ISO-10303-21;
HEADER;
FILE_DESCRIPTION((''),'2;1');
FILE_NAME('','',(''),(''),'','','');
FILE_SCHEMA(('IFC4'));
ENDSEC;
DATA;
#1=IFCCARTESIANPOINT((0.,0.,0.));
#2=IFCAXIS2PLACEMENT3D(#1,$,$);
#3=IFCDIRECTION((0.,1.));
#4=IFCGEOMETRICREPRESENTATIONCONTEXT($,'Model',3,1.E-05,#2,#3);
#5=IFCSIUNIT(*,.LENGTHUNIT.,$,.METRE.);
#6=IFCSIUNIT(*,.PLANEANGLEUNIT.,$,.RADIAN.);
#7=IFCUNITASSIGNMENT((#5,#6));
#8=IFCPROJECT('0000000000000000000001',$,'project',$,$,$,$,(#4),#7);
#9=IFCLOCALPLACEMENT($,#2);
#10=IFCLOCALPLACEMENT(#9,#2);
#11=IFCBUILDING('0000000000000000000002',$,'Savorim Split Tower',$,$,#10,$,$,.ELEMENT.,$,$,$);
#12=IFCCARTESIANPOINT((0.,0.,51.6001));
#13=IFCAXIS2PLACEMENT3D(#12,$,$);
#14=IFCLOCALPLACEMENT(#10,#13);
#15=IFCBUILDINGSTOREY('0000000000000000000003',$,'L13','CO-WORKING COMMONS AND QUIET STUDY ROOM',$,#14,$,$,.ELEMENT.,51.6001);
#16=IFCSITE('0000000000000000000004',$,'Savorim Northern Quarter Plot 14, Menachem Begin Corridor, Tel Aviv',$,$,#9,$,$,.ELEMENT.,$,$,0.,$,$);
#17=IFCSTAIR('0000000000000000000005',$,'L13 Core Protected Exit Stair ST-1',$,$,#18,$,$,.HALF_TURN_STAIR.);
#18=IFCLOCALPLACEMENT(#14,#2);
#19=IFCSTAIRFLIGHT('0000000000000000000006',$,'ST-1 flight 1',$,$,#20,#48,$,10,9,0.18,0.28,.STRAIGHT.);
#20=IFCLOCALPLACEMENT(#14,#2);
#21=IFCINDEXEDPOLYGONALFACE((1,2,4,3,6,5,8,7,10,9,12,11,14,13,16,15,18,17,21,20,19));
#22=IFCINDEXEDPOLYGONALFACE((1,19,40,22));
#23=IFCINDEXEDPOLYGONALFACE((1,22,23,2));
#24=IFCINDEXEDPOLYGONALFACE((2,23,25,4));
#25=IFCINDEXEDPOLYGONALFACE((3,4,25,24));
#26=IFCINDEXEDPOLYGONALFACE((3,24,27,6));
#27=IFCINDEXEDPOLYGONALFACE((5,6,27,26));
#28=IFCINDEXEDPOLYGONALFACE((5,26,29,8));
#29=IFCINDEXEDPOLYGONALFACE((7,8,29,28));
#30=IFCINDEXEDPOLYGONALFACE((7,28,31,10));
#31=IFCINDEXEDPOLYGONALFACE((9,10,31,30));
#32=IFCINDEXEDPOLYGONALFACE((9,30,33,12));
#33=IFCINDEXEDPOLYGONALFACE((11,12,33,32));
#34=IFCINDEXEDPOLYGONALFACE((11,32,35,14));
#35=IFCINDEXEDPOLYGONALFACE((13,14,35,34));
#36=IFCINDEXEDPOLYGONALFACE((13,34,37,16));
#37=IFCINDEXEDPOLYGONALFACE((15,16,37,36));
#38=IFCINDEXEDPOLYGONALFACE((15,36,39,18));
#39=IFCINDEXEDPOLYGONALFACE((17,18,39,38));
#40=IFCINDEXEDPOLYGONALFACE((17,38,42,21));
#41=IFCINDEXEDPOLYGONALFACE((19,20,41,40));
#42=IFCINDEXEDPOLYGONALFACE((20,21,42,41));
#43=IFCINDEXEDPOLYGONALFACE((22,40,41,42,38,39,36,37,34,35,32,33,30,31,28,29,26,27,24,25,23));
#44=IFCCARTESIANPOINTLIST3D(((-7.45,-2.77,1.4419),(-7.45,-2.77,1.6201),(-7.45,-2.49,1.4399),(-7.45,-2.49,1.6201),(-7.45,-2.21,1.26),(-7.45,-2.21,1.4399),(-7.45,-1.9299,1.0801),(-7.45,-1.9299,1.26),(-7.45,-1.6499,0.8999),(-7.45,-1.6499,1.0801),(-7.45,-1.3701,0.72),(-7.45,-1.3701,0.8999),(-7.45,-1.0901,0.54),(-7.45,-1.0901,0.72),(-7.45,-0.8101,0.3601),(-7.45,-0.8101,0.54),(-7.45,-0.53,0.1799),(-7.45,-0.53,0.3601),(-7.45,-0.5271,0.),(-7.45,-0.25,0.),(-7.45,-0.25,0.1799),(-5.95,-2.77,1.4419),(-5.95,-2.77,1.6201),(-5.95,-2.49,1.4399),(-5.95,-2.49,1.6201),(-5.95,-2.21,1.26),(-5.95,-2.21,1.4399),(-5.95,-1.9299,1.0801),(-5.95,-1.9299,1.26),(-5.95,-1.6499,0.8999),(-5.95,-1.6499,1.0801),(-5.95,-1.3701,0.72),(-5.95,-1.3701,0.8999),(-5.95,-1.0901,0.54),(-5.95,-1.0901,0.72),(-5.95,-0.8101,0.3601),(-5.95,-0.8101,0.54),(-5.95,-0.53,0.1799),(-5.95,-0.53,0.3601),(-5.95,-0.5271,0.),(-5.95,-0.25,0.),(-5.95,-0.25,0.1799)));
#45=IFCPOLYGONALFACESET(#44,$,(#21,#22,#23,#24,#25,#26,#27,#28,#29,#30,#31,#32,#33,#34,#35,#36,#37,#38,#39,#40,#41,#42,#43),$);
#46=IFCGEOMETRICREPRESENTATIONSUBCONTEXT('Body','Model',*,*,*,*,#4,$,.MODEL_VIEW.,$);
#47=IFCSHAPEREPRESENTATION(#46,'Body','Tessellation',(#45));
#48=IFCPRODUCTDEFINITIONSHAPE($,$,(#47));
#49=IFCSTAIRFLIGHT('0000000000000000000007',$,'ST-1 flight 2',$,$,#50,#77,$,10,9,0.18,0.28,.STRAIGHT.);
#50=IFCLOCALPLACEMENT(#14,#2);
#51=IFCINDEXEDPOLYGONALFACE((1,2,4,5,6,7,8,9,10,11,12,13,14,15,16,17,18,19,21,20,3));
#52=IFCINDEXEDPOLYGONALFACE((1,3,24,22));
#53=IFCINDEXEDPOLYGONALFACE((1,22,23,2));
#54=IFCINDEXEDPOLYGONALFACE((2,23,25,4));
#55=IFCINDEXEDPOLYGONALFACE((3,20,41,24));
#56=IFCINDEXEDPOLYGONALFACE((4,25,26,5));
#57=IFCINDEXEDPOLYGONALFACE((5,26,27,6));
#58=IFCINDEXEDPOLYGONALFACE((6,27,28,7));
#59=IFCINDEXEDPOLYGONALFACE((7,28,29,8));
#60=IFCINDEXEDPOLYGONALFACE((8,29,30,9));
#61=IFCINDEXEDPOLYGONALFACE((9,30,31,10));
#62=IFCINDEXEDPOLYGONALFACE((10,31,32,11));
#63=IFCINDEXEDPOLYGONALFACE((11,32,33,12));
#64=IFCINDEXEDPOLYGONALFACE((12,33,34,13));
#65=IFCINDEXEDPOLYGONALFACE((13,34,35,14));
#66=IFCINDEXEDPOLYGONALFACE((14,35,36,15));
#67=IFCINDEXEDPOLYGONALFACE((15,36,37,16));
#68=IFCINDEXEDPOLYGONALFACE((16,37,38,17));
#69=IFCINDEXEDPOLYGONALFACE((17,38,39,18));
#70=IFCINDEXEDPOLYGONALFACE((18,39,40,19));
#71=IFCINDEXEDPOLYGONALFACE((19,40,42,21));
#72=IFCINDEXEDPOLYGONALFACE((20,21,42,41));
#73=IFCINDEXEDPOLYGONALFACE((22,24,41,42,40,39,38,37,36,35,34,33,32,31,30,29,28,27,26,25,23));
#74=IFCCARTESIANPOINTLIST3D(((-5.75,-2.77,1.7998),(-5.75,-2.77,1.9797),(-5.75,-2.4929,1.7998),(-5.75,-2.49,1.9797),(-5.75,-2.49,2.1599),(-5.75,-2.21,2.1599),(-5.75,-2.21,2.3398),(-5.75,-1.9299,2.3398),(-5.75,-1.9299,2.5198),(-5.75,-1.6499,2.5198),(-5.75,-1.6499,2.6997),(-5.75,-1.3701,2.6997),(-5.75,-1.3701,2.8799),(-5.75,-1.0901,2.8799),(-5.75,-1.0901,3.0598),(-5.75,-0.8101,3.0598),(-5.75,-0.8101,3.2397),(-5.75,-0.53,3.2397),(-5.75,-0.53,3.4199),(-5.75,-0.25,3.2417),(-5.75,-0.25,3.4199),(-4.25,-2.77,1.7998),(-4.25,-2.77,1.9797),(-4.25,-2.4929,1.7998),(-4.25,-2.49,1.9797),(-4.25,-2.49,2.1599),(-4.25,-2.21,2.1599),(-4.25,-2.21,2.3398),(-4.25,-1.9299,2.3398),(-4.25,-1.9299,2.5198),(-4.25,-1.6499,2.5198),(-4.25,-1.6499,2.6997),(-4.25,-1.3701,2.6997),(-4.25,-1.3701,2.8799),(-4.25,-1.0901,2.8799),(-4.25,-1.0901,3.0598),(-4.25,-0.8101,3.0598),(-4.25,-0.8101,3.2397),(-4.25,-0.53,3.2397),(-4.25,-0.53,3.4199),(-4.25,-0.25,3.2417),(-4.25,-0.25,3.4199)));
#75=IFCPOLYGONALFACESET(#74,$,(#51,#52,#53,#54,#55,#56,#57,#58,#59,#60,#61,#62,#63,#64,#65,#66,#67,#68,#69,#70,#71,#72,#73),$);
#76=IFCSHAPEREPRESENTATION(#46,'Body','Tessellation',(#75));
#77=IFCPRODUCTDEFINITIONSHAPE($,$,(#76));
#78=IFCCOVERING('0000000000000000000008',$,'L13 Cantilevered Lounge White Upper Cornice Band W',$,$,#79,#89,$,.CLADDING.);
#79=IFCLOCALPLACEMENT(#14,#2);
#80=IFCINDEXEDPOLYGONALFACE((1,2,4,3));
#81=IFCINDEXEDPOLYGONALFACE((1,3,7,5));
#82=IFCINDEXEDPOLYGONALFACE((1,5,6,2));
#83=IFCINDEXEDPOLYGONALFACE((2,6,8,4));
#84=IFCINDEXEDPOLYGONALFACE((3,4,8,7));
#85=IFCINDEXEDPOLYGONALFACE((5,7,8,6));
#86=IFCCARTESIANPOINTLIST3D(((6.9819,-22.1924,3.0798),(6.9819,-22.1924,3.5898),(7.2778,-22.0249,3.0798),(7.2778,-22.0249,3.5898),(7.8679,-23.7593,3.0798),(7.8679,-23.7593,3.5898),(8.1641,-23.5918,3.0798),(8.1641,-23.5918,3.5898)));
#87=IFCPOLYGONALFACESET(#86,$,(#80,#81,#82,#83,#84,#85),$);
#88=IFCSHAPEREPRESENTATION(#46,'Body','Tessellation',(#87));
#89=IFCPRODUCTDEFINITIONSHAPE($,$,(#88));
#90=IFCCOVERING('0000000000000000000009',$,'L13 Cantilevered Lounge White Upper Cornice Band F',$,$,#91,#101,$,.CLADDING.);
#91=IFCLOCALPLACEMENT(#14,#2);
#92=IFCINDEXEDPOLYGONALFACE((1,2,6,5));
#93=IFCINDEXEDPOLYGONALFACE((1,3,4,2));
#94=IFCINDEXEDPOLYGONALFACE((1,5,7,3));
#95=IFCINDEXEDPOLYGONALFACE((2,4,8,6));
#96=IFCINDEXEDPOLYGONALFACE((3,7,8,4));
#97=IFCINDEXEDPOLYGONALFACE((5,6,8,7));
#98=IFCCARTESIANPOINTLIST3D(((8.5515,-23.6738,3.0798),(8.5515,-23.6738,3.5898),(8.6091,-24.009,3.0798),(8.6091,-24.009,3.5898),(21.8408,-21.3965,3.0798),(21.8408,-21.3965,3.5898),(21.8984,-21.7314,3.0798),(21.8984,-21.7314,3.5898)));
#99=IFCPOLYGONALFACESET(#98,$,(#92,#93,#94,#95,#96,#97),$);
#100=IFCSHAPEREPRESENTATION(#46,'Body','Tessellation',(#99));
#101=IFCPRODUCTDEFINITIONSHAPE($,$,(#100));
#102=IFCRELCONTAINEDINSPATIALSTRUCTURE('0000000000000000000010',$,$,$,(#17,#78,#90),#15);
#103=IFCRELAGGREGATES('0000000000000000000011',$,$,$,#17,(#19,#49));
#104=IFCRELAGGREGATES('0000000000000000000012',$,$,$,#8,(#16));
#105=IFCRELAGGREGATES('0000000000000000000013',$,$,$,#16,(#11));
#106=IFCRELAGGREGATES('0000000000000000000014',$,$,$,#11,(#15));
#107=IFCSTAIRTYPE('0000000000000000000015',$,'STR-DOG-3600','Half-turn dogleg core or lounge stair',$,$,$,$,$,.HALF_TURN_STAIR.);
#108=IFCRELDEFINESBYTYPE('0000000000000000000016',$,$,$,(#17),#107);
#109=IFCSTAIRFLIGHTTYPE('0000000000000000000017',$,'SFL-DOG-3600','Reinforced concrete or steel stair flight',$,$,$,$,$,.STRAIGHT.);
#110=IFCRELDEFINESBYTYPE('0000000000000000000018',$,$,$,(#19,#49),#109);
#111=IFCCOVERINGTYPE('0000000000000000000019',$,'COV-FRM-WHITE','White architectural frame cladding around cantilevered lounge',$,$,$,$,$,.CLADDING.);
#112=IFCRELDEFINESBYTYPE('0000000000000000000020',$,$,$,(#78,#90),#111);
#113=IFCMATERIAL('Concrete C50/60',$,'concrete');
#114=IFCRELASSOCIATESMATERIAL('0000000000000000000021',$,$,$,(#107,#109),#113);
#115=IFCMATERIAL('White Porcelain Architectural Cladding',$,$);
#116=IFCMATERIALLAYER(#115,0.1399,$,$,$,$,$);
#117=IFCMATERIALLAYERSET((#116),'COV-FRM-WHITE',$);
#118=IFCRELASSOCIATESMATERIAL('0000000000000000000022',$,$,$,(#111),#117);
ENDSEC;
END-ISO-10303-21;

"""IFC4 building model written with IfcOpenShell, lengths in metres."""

from ifc_helpers import new_model, si_unit, direction, frame, origin, place, context, subcontext, project, spatial, polyline, outline, extrude, material, layer, layer_set, type_object, element, aggregate, save


model = new_model("IFC4")

# Units and contexts
model_context = context("Model", 3, precision=1e-05, world=origin(), true_north=direction((0.0, 1.0)))
body_context = subcontext(model_context, "Body", "Model", "MODEL_VIEW")
ifc_project = project(units=[si_unit("LENGTHUNIT", "METRE"), si_unit("PLANEANGLEUNIT", "RADIAN")], contexts=[model_context])

# Site, building, storey
site_placement = place(None, origin())
site = spatial("IfcSite", under=ifc_project, at=site_placement, Name="Savorim Northern Quarter Plot 14, Menachem Begin Corridor, Tel Aviv", CompositionType="ELEMENT", RefElevation=0.0)
building_placement = place(site_placement, origin())
building = spatial("IfcBuilding", under=site, at=building_placement, Name="Savorim Split Tower", CompositionType="ELEMENT")
storey_placement = place(building_placement, frame((0.0, 0.0, 51.6001)))
storey = spatial("IfcBuildingStorey", under=building, at=storey_placement, Name="L13", Description="CO-WORKING COMMONS AND QUIET STUDY ROOM", CompositionType="ELEMENT", Elevation=51.6001)

# Shared definitions
ifc_material_1 = material(Name="Concrete C50/60", Category="concrete")

# Stair, stair flights
stair_type = type_object("IfcStairType", Name="STR-DOG-3600", Description="Half-turn dogleg core or lounge stair", PredefinedType="HALF_TURN_STAIR", material=ifc_material_1)
stair_placement = place(storey_placement, origin())
stair = element("IfcStair", 1, at=stair_placement, inside=storey, type_object=stair_type, Name="L13 Core Protected Exit Stair ST-1", PredefinedType="HALF_TURN_STAIR")
stair_flight_type = type_object("IfcStairFlightType", Name="SFL-DOG-3600", Description="Reinforced concrete or steel stair flight", PredefinedType="STRAIGHT", material=ifc_material_1)
stair_flight_1_placement = place(storey_placement, frame((-6.7, -0.25, 0.0), z_axis=(0.0, 0.0, 1.0), x_axis=(0.0, -1.0, 0.0)))
stair_flight_1 = element("IfcStairFlight", 2, at=stair_flight_1_placement, type_object=stair_flight_type, Name="ST-1 flight 1", NumberOfRisers=10, NumberOfTreads=9, PredefinedType="STRAIGHT", RiserHeight=0.18, TreadLength=0.28, context=body_context, shape_type="SweptSolid", body=[
    extrude(outline(polyline([(0.0, 0.0), (0.0, 0.1799), (0.28, 0.1799), (0.28, 0.3601), (0.5601, 0.3601), (0.5601, 0.54), (0.8401, 0.54), (0.8401, 0.72), (1.1201, 0.72), (1.1201, 0.8999), (1.3999, 0.8999), (1.3999, 1.0801), (1.6799, 1.0801), (1.6799, 1.26), (1.96, 1.26), (1.96, 1.4399), (2.24, 1.4399), (2.24, 1.6201), (2.52, 1.6201), (2.52, 1.8), (2.52, 1.4419), (0.2771, 0.0), (0.0, 0.0)])), frame((0.0, 0.75, 0.0), z_axis=(0.0, -1.0, 0.0), x_axis=(1.0, 0.0, 0.0)), (0.0, 0.0, 1.0), 1.5),
])
stair_flight_2_placement = place(storey_placement, frame((-5.0, -2.77, 1.7998), z_axis=(0.0, 0.0, 1.0), x_axis=(0.0, 1.0, 0.0)))
stair_flight_2 = element("IfcStairFlight", 3, at=stair_flight_2_placement, type_object=stair_flight_type, Name="ST-1 flight 2", NumberOfRisers=10, NumberOfTreads=9, PredefinedType="STRAIGHT", RiserHeight=0.18, TreadLength=0.28, context=body_context, shape_type="SweptSolid", body=[
    extrude(outline(polyline([(0.0, 0.0), (0.0, 0.1799), (0.28, 0.1799), (0.28, 0.3601), (0.5601, 0.3601), (0.5601, 0.54), (0.8401, 0.54), (0.8401, 0.72), (1.1201, 0.72), (1.1201, 0.8999), (1.3999, 0.8999), (1.3999, 1.0801), (1.6799, 1.0801), (1.6799, 1.26), (1.96, 1.26), (1.96, 1.4399), (2.24, 1.4399), (2.24, 1.6201), (2.52, 1.6201), (2.52, 1.8), (2.52, 1.4419), (0.2771, 0.0), (0.0, 0.0)])), frame((0.0, 0.75, 0.0), z_axis=(0.0, -1.0, 0.0), x_axis=(1.0, 0.0, 0.0)), (0.0, 0.0, 1.0), 1.5),
])
aggregate(stair, [stair_flight_1, stair_flight_2])

# Coverings
ifc_material_2 = material(Name="White Porcelain Architectural Cladding")
ifc_layer_1 = layer(ifc_material_2, 0.1399)
ifc_layer_set_1 = layer_set([ifc_layer_1], Name="COV-FRM-WHITE")
covering_type = type_object("IfcCoveringType", Name="COV-FRM-WHITE", Description="White architectural frame cladding around cantilevered lounge", PredefinedType="CLADDING", material=ifc_layer_set_1)
covering_1_placement = place(storey_placement, frame((0.0, 0.0, 3.0798)))
element("IfcCovering", 4, at=covering_1_placement, inside=storey, type_object=covering_type, Name="L13 Cantilevered Lounge White Upper Cornice Band W", PredefinedType="CLADDING", context=body_context, shape_type="SweptSolid", body=[
    extrude(outline(polyline([(6.9819, -22.1924), (7.8679, -23.7593), (8.1641, -23.5918), (7.2778, -22.0249), (6.9819, -22.1924)])), origin(), (0.0, 0.0, 1.0), 0.51),
])
covering_2_placement = place(storey_placement, frame((0.0, 0.0, 3.0798)))
element("IfcCovering", 5, at=covering_2_placement, inside=storey, type_object=covering_type, Name="L13 Cantilevered Lounge White Upper Cornice Band F", PredefinedType="CLADDING", context=body_context, shape_type="SweptSolid", body=[
    extrude(outline(polyline([(8.6091, -24.009), (21.8984, -21.7314), (21.8408, -21.3965), (8.5515, -23.6738), (8.6091, -24.009)])), origin(), (0.0, 0.0, 1.0), 0.51),
])

save(model, "model.ifc")
